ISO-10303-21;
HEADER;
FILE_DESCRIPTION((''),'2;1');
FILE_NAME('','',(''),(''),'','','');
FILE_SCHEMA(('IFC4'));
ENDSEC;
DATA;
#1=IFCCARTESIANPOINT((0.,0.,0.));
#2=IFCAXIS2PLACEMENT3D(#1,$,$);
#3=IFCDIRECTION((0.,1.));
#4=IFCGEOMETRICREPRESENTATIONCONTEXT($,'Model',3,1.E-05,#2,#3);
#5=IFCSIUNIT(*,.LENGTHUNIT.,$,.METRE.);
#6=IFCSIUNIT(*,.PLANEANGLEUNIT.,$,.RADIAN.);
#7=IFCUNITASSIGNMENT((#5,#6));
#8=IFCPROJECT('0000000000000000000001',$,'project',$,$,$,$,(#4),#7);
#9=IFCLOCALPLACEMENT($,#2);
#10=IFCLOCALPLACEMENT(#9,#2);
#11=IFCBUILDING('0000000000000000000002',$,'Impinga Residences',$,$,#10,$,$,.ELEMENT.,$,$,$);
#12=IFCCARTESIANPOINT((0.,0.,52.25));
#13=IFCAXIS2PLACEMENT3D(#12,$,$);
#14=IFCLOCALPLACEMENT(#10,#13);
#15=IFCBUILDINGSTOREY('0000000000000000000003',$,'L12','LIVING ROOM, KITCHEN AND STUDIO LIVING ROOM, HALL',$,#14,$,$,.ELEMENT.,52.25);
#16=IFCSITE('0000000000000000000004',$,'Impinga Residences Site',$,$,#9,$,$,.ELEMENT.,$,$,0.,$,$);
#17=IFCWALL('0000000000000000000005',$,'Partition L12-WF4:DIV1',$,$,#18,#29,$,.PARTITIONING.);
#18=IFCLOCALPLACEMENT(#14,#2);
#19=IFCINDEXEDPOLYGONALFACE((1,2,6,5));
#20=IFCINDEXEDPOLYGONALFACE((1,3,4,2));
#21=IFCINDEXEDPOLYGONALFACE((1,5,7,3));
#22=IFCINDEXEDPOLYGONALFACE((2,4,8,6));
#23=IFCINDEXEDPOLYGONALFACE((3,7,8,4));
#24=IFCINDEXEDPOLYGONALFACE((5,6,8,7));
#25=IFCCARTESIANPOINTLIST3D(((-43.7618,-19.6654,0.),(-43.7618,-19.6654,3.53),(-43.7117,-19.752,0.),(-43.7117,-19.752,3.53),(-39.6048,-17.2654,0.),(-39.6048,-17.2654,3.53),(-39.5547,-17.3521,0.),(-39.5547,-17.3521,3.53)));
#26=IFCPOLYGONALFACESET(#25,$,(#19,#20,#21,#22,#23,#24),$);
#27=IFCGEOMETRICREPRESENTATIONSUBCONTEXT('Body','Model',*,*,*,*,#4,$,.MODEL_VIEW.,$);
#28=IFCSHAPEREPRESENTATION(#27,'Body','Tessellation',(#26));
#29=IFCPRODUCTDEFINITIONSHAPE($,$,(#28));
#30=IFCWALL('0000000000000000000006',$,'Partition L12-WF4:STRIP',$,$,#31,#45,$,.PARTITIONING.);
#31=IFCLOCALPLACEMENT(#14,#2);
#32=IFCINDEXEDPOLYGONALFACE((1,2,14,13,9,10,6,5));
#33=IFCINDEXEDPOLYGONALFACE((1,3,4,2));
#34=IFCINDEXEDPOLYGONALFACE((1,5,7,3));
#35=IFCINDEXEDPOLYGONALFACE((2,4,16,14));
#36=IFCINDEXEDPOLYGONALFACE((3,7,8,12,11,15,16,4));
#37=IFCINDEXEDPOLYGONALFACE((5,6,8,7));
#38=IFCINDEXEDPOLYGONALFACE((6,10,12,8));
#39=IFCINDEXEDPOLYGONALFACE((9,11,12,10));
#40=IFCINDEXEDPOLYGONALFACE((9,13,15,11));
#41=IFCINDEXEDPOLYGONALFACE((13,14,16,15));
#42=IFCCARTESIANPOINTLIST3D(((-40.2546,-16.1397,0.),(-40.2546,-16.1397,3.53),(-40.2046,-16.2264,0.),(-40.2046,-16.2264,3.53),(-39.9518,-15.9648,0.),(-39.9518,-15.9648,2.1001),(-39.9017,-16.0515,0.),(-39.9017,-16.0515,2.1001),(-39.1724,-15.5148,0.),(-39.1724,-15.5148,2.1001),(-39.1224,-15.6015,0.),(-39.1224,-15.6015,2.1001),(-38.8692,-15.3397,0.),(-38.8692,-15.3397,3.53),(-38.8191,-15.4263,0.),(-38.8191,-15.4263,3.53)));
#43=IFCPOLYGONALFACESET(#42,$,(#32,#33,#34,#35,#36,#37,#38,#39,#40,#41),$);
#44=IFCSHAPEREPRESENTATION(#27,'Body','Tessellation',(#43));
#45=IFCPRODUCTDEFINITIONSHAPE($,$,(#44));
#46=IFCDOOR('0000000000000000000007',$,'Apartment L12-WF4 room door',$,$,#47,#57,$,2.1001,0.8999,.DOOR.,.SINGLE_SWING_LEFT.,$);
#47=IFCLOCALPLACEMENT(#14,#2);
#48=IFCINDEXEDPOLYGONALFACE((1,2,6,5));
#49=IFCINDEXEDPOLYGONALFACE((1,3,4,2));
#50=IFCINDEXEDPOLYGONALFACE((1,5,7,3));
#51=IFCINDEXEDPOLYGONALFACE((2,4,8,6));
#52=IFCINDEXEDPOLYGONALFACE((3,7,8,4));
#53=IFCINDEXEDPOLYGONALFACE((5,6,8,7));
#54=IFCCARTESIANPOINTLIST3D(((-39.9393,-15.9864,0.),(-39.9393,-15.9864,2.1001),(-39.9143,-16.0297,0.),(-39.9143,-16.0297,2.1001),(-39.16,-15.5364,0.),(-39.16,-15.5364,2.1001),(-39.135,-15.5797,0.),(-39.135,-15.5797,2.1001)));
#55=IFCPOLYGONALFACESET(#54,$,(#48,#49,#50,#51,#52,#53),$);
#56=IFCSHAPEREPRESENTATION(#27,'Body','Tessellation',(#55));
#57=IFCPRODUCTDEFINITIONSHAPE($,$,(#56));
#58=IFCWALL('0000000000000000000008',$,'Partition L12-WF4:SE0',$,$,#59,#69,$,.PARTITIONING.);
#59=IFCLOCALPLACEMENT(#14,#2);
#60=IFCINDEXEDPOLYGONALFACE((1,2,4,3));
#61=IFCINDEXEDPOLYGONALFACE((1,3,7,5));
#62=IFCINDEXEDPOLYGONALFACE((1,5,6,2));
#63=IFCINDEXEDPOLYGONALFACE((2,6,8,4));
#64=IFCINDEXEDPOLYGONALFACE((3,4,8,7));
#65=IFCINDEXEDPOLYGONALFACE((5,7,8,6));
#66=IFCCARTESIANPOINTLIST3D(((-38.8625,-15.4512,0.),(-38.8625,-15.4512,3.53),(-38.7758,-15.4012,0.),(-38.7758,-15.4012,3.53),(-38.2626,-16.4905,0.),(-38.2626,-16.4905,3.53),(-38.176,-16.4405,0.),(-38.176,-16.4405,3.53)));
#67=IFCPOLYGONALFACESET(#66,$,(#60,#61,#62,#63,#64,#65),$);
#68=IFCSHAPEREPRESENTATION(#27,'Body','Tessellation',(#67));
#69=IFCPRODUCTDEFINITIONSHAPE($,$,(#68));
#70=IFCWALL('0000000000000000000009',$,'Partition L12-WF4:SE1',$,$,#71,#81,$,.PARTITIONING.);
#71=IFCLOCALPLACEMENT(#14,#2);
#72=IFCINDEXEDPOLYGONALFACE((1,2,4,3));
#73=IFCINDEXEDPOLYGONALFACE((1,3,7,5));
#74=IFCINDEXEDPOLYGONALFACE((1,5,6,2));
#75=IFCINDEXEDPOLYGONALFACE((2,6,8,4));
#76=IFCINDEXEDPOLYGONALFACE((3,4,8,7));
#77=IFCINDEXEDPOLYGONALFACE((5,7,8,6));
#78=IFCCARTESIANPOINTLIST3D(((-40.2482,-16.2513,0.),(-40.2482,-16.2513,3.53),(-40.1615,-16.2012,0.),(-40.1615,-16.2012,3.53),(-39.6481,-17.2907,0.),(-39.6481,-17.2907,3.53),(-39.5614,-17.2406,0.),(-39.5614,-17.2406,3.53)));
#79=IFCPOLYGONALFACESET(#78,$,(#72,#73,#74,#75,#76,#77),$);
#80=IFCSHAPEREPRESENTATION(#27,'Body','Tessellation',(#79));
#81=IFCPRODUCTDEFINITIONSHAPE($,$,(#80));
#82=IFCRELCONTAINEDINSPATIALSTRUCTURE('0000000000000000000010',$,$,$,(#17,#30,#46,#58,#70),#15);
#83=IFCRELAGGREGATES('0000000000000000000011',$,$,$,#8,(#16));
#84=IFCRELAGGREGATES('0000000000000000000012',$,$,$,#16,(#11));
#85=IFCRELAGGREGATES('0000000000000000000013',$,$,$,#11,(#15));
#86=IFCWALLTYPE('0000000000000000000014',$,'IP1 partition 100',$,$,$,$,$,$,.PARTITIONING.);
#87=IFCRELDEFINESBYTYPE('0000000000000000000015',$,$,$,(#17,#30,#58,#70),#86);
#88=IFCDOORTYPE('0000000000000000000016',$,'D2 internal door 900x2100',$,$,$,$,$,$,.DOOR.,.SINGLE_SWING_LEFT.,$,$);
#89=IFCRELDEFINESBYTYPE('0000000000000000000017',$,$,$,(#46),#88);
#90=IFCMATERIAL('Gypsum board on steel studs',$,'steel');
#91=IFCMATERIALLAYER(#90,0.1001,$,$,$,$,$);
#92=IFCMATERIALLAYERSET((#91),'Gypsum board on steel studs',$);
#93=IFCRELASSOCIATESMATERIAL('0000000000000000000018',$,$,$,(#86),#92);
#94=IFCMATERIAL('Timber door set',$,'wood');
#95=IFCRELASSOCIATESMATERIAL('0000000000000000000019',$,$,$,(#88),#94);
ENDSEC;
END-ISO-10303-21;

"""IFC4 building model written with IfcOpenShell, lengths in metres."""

from ifc_helpers import new_model, si_unit, direction, frame, frame_2d, origin, place, context, subcontext, project, spatial, rectangle, extrude, material, layer, layer_set, type_object, element, fill, save


model = new_model("IFC4")

# Units and contexts
model_context = context("Model", 3, precision=1e-05, world=origin(), true_north=direction((0.0, 1.0)))
body_context = subcontext(model_context, "Body", "Model", "MODEL_VIEW")
ifc_project = project(units=[si_unit("LENGTHUNIT", "METRE"), si_unit("PLANEANGLEUNIT", "RADIAN")], contexts=[model_context])

# Site, building, storey
site_placement = place(None, origin())
site = spatial("IfcSite", under=ifc_project, at=site_placement, Name="Impinga Residences Site", CompositionType="ELEMENT", RefElevation=0.0)
building_placement = place(site_placement, origin())
building = spatial("IfcBuilding", under=site, at=building_placement, Name="Impinga Residences", CompositionType="ELEMENT")
storey_placement = place(building_placement, frame((0.0, 0.0, 52.25)))
storey = spatial("IfcBuildingStorey", under=building, at=storey_placement, Name="L12", Description="LIVING ROOM, KITCHEN AND STUDIO LIVING ROOM, HALL", CompositionType="ELEMENT", Elevation=52.25)

# Wall
ifc_material_1 = material(Name="Gypsum board on steel studs", Category="steel")
ifc_layer_1 = layer(ifc_material_1, 0.1001)
ifc_layer_set_1 = layer_set([ifc_layer_1], Name="Gypsum board on steel studs")
wall_type_1 = type_object("IfcWallType", Name="IP1 partition 100", PredefinedType="PARTITIONING", material=ifc_layer_set_1)
wall_1_placement = place(storey_placement, frame((-39.5798, -17.3088, 0.0), z_axis=(0.0, 0.0, 1.0), x_axis=(-0.866037, -0.499979, 0.0)))
element("IfcWall", 1, at=wall_1_placement, inside=storey, type_object=wall_type_1, Name="Partition L12-WF4:DIV1", PredefinedType="PARTITIONING", context=body_context, shape_type="SweptSolid", body=[
    extrude(rectangle(XDim=4.8, YDim=0.1001, at=frame_2d((2.3999, 0.0))), origin(), (0.0, 0.0, 1.0), 3.53),
])

# Wall, opening, door
wall_2_placement = place(storey_placement, frame((-38.8442, -15.3831, 0.0), z_axis=(0.0, 0.0, 1.0), x_axis=(-0.86599, -0.500061, 0.0)))
wall_2 = element("IfcWall", 2, at=wall_2_placement, inside=storey, type_object=wall_type_1, Name="Partition L12-WF4:STRIP", PredefinedType="PARTITIONING", context=body_context, shape_type="SweptSolid", body=[
    extrude(rectangle(XDim=1.5999, YDim=0.1001, at=frame_2d((0.7998, 0.0))), origin(), (0.0, 0.0, 1.0), 3.53),
])
opening_1_placement = place(wall_2_placement, frame((0.3501, 0.0, 0.0)))
opening_1 = element("IfcOpeningElement", 3, at=opening_1_placement, cuts=wall_2, PredefinedType="OPENING", context=body_context, shape_type="SweptSolid", body=[
    extrude(rectangle(XDim=0.8999, YDim=2.1001, at=frame_2d((0.45, 1.05))), frame((0.0, 0.0601, 0.0), z_axis=(0.0, -1.0, 0.0), x_axis=(1.0, 0.0, 0.0)), (0.0, 0.0, 1.0), 0.1201),
])
ifc_material_2 = material(Name="Timber door set", Category="wood")
door_type = type_object("IfcDoorType", Name="D2 internal door 900x2100", OperationType="SINGLE_SWING_LEFT", PredefinedType="DOOR", material=ifc_material_2)
door_placement = place(opening_1_placement, origin())
door = element("IfcDoor", 4, at=door_placement, inside=storey, type_object=door_type, Name="Apartment L12-WF4 room door", OperationType="SINGLE_SWING_LEFT", OverallHeight=2.1001, OverallWidth=0.8999, PredefinedType="DOOR", context=body_context, shape_type="SweptSolid", body=[
    extrude(rectangle(XDim=0.8999, YDim=2.1001, at=frame_2d((0.45, 1.05))), frame((0.0, 0.0249, 0.0), z_axis=(0.0, -1.0, 0.0), x_axis=(1.0, 0.0, 0.0)), (0.0, 0.0, 1.0), 0.05),
])
fill(opening_1, door)

# Walls
wall_3_placement = place(storey_placement, frame((-38.2192, -16.4656, 0.0), z_axis=(0.0, 0.0, 1.0), x_axis=(-0.499881, 0.866094, 0.0)))
element("IfcWall", 5, at=wall_3_placement, inside=storey, type_object=wall_type_1, Name="Partition L12-WF4:SE0", PredefinedType="PARTITIONING", context=body_context, shape_type="SweptSolid", body=[
    extrude(rectangle(XDim=1.2, YDim=0.1001, at=frame_2d((0.6001, 0.0))), origin(), (0.0, 0.0, 1.0), 3.53),
])
wall_4_placement = place(storey_placement, frame((-39.6047, -17.2656, 0.0), z_axis=(0.0, 0.0, 1.0), x_axis=(-0.500034, 0.866006, 0.0)))
element("IfcWall", 6, at=wall_4_placement, inside=storey, type_object=wall_type_1, Name="Partition L12-WF4:SE1", PredefinedType="PARTITIONING", context=body_context, shape_type="SweptSolid", body=[
    extrude(rectangle(XDim=1.2002, YDim=0.1001, at=frame_2d((0.6001, 0.0))), origin(), (0.0, 0.0, 1.0), 3.53),
])

save(model, "model.ifc")
